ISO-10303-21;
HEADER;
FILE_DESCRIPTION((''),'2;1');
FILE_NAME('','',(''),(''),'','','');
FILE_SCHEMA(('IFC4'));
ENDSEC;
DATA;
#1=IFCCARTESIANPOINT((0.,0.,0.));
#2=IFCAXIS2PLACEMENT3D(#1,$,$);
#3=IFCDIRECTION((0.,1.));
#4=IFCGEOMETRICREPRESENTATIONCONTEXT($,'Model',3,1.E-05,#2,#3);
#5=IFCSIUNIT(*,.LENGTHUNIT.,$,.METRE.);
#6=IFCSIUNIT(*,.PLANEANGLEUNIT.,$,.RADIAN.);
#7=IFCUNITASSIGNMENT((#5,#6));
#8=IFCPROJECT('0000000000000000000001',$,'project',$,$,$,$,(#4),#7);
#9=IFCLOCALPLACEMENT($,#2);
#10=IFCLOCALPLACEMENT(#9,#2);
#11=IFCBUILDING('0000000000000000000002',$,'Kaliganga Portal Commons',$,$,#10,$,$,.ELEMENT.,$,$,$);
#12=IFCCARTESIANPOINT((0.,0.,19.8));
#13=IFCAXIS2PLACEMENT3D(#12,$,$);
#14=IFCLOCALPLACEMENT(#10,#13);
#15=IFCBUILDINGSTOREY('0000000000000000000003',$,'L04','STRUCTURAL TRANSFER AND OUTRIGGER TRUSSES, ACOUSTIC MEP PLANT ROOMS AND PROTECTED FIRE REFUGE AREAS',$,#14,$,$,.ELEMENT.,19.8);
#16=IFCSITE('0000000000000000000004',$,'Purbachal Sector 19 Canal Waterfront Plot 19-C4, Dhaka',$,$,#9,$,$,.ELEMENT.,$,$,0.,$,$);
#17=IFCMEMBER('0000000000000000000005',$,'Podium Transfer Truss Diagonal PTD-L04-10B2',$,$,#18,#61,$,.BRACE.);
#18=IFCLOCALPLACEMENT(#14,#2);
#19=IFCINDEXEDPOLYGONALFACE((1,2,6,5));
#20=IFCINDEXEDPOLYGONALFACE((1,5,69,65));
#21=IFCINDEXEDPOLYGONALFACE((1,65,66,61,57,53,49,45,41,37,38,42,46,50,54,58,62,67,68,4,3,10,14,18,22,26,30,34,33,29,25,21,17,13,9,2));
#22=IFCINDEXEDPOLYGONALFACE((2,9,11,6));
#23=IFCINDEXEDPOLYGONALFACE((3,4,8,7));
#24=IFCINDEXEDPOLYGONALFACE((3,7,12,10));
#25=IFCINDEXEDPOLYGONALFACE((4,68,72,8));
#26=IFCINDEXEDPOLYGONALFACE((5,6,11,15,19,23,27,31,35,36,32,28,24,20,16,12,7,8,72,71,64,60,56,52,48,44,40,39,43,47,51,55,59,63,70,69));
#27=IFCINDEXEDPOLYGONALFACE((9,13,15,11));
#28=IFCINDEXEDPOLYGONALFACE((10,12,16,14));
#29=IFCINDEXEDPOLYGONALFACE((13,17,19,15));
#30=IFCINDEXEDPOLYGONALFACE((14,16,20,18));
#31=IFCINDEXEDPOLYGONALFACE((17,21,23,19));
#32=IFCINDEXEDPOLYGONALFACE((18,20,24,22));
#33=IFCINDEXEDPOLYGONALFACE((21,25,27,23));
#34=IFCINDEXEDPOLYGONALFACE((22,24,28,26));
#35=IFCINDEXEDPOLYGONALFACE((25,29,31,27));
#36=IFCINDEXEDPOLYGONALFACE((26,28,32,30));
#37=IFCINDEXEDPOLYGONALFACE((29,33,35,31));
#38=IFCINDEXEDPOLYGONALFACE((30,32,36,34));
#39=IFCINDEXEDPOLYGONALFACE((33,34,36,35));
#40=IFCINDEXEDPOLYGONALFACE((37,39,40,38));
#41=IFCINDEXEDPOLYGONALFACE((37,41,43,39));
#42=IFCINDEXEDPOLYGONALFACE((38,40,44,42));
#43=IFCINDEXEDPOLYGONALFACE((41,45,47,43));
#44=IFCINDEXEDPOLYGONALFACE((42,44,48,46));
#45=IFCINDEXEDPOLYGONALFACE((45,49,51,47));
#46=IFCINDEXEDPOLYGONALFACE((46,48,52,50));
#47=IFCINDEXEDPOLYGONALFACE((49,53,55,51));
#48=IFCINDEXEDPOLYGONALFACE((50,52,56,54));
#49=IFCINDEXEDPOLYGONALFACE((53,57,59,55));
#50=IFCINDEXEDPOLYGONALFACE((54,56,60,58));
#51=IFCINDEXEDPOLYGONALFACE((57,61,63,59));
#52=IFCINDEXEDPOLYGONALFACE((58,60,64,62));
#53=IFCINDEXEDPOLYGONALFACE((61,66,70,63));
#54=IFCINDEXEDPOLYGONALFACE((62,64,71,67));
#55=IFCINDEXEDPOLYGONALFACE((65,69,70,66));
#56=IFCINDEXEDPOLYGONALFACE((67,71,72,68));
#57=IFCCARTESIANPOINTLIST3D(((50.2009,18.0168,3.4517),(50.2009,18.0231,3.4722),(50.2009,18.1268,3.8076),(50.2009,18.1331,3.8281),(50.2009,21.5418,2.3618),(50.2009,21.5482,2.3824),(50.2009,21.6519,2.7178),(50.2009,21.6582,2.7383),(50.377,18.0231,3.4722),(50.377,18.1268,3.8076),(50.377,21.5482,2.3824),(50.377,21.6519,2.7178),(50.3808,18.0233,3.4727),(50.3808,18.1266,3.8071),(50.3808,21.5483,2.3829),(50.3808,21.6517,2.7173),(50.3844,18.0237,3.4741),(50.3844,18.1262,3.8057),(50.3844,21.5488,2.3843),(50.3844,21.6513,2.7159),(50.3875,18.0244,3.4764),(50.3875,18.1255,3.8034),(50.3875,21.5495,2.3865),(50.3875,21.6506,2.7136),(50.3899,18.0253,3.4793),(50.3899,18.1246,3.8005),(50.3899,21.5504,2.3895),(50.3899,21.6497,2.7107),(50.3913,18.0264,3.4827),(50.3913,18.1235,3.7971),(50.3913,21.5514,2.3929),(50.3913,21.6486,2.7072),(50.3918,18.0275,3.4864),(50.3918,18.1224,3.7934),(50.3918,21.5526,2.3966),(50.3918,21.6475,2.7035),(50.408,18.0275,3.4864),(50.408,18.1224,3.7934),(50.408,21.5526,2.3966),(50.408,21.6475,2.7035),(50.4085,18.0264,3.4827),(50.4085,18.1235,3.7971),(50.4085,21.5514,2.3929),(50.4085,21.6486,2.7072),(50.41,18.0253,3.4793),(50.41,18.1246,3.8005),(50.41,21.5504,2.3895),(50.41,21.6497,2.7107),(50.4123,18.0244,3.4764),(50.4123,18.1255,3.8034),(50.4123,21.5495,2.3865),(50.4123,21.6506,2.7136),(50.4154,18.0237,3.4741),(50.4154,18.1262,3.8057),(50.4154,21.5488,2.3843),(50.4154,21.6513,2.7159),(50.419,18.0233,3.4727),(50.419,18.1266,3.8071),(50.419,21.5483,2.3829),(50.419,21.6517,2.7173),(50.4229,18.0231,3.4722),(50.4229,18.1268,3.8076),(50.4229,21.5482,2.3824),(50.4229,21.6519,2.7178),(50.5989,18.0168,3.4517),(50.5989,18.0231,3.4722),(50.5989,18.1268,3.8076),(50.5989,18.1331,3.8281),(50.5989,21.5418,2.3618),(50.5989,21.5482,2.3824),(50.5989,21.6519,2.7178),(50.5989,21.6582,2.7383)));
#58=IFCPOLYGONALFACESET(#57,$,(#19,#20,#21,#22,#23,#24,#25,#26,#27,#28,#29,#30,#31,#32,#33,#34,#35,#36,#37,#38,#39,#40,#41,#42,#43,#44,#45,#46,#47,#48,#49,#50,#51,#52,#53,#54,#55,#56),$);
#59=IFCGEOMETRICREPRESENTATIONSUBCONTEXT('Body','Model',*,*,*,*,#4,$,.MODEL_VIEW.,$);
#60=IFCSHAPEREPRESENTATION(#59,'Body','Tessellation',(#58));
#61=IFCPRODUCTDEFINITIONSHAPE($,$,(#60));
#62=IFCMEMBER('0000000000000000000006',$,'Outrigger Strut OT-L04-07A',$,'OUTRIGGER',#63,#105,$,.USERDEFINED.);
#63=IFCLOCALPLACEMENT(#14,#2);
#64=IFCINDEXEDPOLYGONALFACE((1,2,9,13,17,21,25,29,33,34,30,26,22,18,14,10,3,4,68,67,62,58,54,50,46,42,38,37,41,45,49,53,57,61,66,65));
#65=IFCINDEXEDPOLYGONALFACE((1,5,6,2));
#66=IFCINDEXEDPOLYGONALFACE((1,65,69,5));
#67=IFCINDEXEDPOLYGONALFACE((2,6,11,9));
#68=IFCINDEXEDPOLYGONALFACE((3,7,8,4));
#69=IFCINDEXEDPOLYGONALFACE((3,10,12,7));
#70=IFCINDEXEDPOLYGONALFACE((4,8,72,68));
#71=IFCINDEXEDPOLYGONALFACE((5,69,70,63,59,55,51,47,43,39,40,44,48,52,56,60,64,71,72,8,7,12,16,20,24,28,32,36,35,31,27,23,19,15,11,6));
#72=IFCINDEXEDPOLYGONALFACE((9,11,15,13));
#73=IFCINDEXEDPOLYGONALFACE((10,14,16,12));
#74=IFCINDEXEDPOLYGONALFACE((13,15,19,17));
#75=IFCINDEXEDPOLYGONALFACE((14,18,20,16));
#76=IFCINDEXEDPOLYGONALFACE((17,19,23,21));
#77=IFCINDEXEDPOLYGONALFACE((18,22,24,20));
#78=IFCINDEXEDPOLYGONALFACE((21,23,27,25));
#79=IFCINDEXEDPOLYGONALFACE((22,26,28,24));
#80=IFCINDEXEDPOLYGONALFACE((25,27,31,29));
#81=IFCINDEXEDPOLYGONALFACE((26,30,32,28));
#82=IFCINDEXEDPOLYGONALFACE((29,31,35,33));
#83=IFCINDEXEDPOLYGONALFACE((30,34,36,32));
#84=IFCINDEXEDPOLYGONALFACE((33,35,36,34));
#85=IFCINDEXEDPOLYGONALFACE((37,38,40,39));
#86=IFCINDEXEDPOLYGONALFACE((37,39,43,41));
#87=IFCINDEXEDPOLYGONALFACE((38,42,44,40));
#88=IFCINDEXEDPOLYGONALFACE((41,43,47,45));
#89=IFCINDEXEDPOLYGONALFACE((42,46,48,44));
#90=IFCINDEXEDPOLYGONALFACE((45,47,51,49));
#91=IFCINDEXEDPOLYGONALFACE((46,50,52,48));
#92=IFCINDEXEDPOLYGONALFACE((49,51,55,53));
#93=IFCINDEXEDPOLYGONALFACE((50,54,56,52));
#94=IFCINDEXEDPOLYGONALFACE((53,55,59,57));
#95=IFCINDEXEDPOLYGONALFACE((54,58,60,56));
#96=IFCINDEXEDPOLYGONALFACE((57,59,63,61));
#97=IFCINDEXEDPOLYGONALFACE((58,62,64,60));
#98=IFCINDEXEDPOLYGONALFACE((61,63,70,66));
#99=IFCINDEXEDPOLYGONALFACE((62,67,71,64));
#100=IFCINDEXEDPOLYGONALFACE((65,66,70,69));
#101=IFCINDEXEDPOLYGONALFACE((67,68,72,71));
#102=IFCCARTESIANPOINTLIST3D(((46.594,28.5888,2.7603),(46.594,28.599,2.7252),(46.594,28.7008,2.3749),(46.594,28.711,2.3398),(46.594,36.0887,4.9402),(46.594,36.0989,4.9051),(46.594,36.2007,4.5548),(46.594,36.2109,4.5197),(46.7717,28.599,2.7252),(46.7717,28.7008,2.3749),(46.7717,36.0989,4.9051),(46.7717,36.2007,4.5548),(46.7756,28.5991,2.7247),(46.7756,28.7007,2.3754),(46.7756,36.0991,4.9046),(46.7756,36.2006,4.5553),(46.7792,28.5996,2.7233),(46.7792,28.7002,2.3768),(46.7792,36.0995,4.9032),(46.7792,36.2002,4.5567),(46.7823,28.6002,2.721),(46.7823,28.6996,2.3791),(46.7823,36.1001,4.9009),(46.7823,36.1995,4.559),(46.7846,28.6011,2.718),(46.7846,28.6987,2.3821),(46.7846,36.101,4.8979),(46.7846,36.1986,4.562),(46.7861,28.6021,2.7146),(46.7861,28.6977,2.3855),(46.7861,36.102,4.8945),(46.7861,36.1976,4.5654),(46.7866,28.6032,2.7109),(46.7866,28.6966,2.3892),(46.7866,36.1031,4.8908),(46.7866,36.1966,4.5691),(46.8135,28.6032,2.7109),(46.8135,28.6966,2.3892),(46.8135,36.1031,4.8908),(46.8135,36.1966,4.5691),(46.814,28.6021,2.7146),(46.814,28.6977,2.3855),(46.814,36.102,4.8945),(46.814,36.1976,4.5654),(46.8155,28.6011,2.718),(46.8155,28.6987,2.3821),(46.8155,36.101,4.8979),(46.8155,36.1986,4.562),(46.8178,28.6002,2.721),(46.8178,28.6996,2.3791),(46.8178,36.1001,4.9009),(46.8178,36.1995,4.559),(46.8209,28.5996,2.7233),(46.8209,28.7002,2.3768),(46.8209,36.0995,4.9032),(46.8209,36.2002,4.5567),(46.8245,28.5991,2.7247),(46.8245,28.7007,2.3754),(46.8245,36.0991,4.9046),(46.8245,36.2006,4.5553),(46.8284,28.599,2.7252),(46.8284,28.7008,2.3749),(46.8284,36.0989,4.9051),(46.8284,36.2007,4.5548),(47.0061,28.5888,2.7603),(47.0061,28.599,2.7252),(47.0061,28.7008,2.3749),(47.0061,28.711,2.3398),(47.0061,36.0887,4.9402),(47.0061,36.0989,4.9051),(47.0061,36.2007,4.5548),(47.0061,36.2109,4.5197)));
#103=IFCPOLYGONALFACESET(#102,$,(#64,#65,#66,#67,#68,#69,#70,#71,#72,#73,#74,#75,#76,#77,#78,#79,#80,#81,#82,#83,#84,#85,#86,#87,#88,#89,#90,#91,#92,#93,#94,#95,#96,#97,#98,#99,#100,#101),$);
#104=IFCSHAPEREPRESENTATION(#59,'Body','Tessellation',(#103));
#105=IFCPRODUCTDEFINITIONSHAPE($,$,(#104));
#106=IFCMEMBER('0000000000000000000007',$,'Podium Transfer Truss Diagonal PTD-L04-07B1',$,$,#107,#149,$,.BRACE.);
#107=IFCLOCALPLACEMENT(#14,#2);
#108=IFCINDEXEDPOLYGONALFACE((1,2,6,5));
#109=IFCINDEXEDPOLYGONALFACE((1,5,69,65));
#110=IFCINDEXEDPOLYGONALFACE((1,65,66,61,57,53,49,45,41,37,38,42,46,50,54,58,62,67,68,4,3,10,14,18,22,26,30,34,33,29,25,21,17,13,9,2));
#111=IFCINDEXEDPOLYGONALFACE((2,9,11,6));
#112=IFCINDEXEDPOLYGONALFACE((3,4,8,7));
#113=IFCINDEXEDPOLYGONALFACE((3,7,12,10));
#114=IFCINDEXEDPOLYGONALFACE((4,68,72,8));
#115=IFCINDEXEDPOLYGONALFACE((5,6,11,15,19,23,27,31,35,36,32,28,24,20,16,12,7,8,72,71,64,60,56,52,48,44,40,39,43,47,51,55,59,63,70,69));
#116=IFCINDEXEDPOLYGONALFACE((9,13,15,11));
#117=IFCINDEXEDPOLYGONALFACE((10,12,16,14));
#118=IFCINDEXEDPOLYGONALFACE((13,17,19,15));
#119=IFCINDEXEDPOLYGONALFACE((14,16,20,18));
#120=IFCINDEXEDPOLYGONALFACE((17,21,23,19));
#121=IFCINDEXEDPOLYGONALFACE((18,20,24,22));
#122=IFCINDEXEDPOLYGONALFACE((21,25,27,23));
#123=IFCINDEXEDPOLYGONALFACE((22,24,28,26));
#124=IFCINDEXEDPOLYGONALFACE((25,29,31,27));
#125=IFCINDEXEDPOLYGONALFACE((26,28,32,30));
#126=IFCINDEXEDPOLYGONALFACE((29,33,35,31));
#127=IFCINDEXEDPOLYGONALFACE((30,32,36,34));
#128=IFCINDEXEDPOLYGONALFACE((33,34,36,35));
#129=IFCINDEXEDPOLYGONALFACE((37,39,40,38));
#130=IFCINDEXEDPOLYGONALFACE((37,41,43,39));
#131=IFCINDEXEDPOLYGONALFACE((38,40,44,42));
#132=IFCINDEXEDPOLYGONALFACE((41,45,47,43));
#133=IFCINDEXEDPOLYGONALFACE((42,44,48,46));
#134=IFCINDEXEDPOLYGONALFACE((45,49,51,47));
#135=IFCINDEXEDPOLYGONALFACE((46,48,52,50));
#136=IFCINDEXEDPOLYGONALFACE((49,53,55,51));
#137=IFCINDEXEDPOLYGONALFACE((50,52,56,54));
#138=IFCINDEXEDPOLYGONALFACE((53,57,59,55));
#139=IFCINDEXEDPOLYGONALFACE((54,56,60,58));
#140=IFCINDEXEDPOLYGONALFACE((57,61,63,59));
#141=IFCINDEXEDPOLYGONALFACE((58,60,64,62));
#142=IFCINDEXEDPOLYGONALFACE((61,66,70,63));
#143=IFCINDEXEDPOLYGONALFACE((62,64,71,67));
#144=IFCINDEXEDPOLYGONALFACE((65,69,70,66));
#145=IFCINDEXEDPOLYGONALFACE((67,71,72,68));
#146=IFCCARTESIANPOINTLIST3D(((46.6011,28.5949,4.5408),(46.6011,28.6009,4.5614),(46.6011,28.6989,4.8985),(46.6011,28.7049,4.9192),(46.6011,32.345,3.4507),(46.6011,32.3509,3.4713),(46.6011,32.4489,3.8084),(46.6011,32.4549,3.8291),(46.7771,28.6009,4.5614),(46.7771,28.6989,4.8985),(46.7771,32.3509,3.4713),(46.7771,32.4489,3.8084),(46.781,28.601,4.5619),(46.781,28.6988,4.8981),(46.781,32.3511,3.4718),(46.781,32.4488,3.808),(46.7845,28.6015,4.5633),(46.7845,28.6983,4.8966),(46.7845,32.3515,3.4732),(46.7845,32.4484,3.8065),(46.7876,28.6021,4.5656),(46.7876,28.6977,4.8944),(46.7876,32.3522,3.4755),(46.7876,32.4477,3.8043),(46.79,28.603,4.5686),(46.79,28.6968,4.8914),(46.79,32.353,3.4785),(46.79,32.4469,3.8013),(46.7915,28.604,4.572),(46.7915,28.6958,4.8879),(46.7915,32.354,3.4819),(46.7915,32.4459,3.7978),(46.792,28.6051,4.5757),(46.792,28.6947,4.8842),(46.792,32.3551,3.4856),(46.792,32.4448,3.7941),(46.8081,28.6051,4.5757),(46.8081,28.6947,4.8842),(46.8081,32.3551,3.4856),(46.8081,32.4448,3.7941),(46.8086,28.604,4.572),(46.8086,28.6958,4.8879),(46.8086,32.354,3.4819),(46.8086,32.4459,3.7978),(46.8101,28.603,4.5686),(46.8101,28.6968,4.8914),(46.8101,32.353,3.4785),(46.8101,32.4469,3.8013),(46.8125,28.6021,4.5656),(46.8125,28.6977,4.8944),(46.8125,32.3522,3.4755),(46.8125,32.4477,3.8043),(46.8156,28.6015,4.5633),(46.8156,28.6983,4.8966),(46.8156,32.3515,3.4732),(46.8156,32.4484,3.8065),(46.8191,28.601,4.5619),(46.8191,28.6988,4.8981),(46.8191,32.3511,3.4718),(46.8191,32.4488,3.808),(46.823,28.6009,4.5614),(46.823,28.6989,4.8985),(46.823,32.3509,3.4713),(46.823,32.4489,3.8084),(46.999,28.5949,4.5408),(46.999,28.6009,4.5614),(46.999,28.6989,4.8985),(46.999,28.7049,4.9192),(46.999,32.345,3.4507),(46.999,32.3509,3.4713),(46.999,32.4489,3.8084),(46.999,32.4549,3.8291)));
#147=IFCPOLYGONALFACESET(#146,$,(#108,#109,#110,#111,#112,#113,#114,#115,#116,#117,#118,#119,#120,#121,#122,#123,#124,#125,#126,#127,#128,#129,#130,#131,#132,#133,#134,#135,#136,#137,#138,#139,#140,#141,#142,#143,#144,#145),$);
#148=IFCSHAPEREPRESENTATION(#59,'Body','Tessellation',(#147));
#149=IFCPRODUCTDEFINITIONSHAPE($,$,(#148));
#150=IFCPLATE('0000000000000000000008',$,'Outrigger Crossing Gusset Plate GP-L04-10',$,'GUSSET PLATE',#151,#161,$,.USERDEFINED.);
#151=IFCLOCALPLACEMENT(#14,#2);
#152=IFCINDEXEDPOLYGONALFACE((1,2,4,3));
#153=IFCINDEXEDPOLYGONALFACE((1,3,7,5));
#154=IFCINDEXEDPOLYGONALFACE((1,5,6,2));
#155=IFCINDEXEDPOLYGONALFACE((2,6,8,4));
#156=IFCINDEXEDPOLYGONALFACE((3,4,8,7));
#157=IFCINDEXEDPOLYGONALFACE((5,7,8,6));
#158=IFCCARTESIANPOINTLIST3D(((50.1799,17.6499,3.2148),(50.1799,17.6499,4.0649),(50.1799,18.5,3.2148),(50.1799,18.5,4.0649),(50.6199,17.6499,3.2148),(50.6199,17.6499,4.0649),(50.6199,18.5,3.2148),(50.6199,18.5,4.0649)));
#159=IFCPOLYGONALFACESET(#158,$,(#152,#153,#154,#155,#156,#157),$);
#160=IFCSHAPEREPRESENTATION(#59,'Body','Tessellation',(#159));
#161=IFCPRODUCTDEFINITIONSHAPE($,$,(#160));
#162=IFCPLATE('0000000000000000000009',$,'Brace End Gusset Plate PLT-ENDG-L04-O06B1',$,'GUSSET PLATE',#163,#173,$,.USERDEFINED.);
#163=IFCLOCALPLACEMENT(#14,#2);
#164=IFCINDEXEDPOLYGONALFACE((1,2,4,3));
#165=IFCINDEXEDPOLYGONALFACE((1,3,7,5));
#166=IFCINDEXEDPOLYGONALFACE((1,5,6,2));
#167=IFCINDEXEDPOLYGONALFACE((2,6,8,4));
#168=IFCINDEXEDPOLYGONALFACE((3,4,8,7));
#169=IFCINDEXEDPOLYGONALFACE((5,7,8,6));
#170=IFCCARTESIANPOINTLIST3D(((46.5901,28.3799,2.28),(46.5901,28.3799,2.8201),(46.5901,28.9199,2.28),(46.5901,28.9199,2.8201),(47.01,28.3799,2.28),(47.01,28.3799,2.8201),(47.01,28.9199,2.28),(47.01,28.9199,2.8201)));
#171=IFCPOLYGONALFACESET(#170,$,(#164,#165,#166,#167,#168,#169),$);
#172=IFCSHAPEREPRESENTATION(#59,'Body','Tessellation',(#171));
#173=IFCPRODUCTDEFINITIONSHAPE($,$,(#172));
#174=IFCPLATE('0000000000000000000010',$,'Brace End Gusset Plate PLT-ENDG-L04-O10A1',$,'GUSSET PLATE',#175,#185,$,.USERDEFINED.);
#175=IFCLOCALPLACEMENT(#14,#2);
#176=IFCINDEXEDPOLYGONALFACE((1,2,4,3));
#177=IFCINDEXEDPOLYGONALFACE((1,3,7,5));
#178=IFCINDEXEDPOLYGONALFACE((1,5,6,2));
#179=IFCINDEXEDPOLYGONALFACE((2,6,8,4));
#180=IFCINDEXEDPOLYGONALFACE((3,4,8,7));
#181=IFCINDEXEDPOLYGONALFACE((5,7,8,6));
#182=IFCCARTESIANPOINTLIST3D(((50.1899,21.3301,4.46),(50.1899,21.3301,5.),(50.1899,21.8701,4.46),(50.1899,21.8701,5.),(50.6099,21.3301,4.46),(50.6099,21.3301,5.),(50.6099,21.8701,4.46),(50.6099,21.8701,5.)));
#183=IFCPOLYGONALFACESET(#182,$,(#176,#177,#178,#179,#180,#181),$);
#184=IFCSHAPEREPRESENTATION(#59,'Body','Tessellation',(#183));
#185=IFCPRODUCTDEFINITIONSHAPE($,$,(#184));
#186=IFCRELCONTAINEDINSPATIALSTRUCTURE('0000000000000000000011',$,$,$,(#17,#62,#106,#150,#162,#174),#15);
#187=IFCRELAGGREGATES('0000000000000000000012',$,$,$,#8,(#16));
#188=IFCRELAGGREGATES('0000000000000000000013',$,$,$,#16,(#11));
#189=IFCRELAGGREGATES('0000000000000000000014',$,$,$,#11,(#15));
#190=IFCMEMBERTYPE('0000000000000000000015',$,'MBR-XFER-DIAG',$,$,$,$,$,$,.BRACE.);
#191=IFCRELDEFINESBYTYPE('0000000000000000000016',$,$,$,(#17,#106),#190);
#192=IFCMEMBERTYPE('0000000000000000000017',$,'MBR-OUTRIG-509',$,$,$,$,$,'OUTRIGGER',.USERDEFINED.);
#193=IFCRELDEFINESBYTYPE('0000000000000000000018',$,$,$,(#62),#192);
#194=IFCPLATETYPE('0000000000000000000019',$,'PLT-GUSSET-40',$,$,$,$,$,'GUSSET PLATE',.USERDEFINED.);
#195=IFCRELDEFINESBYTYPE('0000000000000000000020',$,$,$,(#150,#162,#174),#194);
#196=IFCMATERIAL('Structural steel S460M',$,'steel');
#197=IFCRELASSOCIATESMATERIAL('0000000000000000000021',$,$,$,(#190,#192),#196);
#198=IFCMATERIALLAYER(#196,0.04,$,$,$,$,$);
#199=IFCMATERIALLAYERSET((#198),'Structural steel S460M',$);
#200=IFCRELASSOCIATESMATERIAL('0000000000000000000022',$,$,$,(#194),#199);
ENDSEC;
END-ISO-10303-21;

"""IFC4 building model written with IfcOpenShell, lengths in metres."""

from ifc_helpers import new_model, si_unit, direction, frame, origin, origin_2d, place, context, subcontext, project, spatial, rectangle, i_section, extrude, source, transform, mapped, material, layer, layer_set, material_profile, profile_set, type_object, element, save


model = new_model("IFC4")

# Units and contexts
model_context = context("Model", 3, precision=1e-05, world=origin(), true_north=direction((0.0, 1.0)))
body_context = subcontext(model_context, "Body", "Model", "MODEL_VIEW")
ifc_project = project(units=[si_unit("LENGTHUNIT", "METRE"), si_unit("PLANEANGLEUNIT", "RADIAN")], contexts=[model_context])

# Site, building, storey
site_placement = place(None, origin())
site = spatial("IfcSite", under=ifc_project, at=site_placement, Name="Purbachal Sector 19 Canal Waterfront Plot 19-C4, Dhaka", CompositionType="ELEMENT", RefElevation=0.0)
building_placement = place(site_placement, origin())
building = spatial("IfcBuilding", under=site, at=building_placement, Name="Kaliganga Portal Commons", CompositionType="ELEMENT")
storey_placement = place(building_placement, frame((0.0, 0.0, 19.8)))
storey = spatial("IfcBuildingStorey", under=building, at=storey_placement, Name="L04", Description="STRUCTURAL TRANSFER AND OUTRIGGER TRUSSES, ACOUSTIC MEP PLANT ROOMS AND PROTECTED FIRE REFUGE AREAS", CompositionType="ELEMENT", Elevation=19.8)

# Members
ifc_material_1 = material(Name="Structural steel S460M", Category="steel")
ifc_material_profile_1 = material_profile(ifc_material_1, i_section(OverallWidth=0.3979, OverallDepth=0.394, WebThickness=0.0161, FlangeThickness=0.0215, FilletRadius=0.0149, at=origin_2d()), Name="HD 400x262")
ifc_profile_set_1 = profile_set([ifc_material_profile_1], Name="Structural steel S460M wide-flange")
member_type_1 = type_object("IfcMemberType", Name="MBR-XFER-DIAG", PredefinedType="BRACE", material=ifc_profile_set_1)
shared_shape_1 = source(origin(), body_context, "Body", "SweptSolid", [
    extrude(i_section(OverallWidth=0.3979, OverallDepth=0.394, WebThickness=0.0161, FlangeThickness=0.0215, FilletRadius=0.0149, at=origin_2d()), origin(), (0.0, 0.0, 1.0), 3.6897),
])
member_1_placement = place(storey_placement, frame((50.3999, 18.075, 3.6399), z_axis=(0.0, 0.955383, -0.295369), x_axis=(-1.0, 0.0, 0.0)))
element("IfcMember", 1, at=member_1_placement, inside=storey, type_object=member_type_1, Name="Podium Transfer Truss Diagonal PTD-L04-10B2", PredefinedType="BRACE", context=body_context, shape_type="MappedRepresentation", body=[
    mapped(shared_shape_1, transform((0.0, 0.0, 0.0), x_axis=(1.0, 0.0, 0.0), y_axis=(0.0, 1.0, 0.0), z_axis=(0.0, 0.0, 1.0), scale=1.0)),
])
ifc_material_profile_2 = material_profile(ifc_material_1, i_section(OverallWidth=0.4121, OverallDepth=0.438, WebThickness=0.0269, FlangeThickness=0.0366, FilletRadius=0.0149, at=origin_2d()), Name="HD 400x463")
ifc_profile_set_2 = profile_set([ifc_material_profile_2], Name="Structural steel S460M wide-flange")
member_type_2 = type_object("IfcMemberType", Name="MBR-OUTRIG-509", ElementType="OUTRIGGER", PredefinedType="USERDEFINED", material=ifc_profile_set_2)
shared_shape_2 = source(origin(), body_context, "Body", "SweptSolid", [
    extrude(i_section(OverallWidth=0.4121, OverallDepth=0.438, WebThickness=0.0269, FlangeThickness=0.0366, FilletRadius=0.0149, at=origin_2d()), origin(), (0.0, 0.0, 1.0), 7.8103),
])
member_2_placement = place(storey_placement, frame((46.8, 28.6499, 2.55), z_axis=(0.0, 0.96026, 0.279107), x_axis=(-1.0, 0.0, 0.0)))
element("IfcMember", 2, at=member_2_placement, inside=storey, type_object=member_type_2, Name="Outrigger Strut OT-L04-07A", ObjectType="OUTRIGGER", PredefinedType="USERDEFINED", context=body_context, shape_type="MappedRepresentation", body=[
    mapped(shared_shape_2, transform((0.0, 0.0, 0.0), x_axis=(1.0, 0.0, 0.0), y_axis=(0.0, 1.0, 0.0), z_axis=(0.0, 0.0, 1.0), scale=1.0)),
])
shared_shape_3 = source(origin(), body_context, "Body", "SweptSolid", [
    extrude(i_section(OverallWidth=0.3979, OverallDepth=0.394, WebThickness=0.0161, FlangeThickness=0.0215, FilletRadius=0.0149, at=origin_2d()), origin(), (0.0, 0.0, 1.0), 3.9053),
])
member_3_placement = place(storey_placement, frame((46.8, 28.6499, 4.73), z_axis=(0.0, 0.960252, -0.279136), x_axis=(-1.0, 0.0, 0.0)))
element("IfcMember", 3, at=member_3_placement, inside=storey, type_object=member_type_1, Name="Podium Transfer Truss Diagonal PTD-L04-07B1", PredefinedType="BRACE", context=body_context, shape_type="MappedRepresentation", body=[
    mapped(shared_shape_3, transform((0.0, 0.0, 0.0), x_axis=(1.0, 0.0, 0.0), y_axis=(0.0, 1.0, 0.0), z_axis=(0.0, 0.0, 1.0), scale=1.0)),
])

# Plates
ifc_layer_1 = layer(ifc_material_1, 0.04)
ifc_layer_set_1 = layer_set([ifc_layer_1], Name="Structural steel S460M")
plate_type = type_object("IfcPlateType", Name="PLT-GUSSET-40", ElementType="GUSSET PLATE", PredefinedType="USERDEFINED", material=ifc_layer_set_1)
shared_shape_4 = source(origin(), body_context, "Body", "SweptSolid", [
    extrude(rectangle(XDim=0.8501, YDim=0.4399, at=origin_2d()), origin(), (0.0, 0.0, 1.0), 0.8501),
])
plate_placement = place(storey_placement, frame((50.3999, 18.075, 3.2148), z_axis=(0.0, 0.0, 1.0), x_axis=(0.0, 1.0, 0.0)))
element("IfcPlate", 4, at=plate_placement, inside=storey, type_object=plate_type, Name="Outrigger Crossing Gusset Plate GP-L04-10", ObjectType="GUSSET PLATE", PredefinedType="USERDEFINED", context=body_context, shape_type="MappedRepresentation", body=[
    mapped(shared_shape_4, transform((0.0, 0.0, 0.0), x_axis=(1.0, 0.0, 0.0), y_axis=(0.0, 1.0, 0.0), z_axis=(0.0, 0.0, 1.0), scale=1.0)),
])
shared_shape_5 = source(origin(), body_context, "Body", "SweptSolid", [
    extrude(rectangle(XDim=0.54, YDim=0.4199, at=origin_2d()), origin(), (0.0, 0.0, 1.0), 0.54),
])
for number, where, z_axis, x_axis, name in (
    (5, (46.8, 28.6499, 2.28), (0.0, 0.0, 1.0), (0.0, 1.0, 0.0), "Brace End Gusset Plate PLT-ENDG-L04-O06B1"),
    (6, (50.3999, 21.6001, 4.46), (0.0, 0.0, 1.0), (0.0, 1.0, 0.0), "Brace End Gusset Plate PLT-ENDG-L04-O10A1"),
):
    element("IfcPlate", number, at=place(storey_placement, frame(where, z_axis=z_axis, x_axis=x_axis)), inside=storey, type_object=plate_type, Name=name, ObjectType="GUSSET PLATE", PredefinedType="USERDEFINED", context=body_context, shape_type="MappedRepresentation", body=[
        mapped(shared_shape_5, transform((0.0, 0.0, 0.0), x_axis=(1.0, 0.0, 0.0), y_axis=(0.0, 1.0, 0.0), z_axis=(0.0, 0.0, 1.0), scale=1.0)),
    ])

save(model, "model.ifc")
